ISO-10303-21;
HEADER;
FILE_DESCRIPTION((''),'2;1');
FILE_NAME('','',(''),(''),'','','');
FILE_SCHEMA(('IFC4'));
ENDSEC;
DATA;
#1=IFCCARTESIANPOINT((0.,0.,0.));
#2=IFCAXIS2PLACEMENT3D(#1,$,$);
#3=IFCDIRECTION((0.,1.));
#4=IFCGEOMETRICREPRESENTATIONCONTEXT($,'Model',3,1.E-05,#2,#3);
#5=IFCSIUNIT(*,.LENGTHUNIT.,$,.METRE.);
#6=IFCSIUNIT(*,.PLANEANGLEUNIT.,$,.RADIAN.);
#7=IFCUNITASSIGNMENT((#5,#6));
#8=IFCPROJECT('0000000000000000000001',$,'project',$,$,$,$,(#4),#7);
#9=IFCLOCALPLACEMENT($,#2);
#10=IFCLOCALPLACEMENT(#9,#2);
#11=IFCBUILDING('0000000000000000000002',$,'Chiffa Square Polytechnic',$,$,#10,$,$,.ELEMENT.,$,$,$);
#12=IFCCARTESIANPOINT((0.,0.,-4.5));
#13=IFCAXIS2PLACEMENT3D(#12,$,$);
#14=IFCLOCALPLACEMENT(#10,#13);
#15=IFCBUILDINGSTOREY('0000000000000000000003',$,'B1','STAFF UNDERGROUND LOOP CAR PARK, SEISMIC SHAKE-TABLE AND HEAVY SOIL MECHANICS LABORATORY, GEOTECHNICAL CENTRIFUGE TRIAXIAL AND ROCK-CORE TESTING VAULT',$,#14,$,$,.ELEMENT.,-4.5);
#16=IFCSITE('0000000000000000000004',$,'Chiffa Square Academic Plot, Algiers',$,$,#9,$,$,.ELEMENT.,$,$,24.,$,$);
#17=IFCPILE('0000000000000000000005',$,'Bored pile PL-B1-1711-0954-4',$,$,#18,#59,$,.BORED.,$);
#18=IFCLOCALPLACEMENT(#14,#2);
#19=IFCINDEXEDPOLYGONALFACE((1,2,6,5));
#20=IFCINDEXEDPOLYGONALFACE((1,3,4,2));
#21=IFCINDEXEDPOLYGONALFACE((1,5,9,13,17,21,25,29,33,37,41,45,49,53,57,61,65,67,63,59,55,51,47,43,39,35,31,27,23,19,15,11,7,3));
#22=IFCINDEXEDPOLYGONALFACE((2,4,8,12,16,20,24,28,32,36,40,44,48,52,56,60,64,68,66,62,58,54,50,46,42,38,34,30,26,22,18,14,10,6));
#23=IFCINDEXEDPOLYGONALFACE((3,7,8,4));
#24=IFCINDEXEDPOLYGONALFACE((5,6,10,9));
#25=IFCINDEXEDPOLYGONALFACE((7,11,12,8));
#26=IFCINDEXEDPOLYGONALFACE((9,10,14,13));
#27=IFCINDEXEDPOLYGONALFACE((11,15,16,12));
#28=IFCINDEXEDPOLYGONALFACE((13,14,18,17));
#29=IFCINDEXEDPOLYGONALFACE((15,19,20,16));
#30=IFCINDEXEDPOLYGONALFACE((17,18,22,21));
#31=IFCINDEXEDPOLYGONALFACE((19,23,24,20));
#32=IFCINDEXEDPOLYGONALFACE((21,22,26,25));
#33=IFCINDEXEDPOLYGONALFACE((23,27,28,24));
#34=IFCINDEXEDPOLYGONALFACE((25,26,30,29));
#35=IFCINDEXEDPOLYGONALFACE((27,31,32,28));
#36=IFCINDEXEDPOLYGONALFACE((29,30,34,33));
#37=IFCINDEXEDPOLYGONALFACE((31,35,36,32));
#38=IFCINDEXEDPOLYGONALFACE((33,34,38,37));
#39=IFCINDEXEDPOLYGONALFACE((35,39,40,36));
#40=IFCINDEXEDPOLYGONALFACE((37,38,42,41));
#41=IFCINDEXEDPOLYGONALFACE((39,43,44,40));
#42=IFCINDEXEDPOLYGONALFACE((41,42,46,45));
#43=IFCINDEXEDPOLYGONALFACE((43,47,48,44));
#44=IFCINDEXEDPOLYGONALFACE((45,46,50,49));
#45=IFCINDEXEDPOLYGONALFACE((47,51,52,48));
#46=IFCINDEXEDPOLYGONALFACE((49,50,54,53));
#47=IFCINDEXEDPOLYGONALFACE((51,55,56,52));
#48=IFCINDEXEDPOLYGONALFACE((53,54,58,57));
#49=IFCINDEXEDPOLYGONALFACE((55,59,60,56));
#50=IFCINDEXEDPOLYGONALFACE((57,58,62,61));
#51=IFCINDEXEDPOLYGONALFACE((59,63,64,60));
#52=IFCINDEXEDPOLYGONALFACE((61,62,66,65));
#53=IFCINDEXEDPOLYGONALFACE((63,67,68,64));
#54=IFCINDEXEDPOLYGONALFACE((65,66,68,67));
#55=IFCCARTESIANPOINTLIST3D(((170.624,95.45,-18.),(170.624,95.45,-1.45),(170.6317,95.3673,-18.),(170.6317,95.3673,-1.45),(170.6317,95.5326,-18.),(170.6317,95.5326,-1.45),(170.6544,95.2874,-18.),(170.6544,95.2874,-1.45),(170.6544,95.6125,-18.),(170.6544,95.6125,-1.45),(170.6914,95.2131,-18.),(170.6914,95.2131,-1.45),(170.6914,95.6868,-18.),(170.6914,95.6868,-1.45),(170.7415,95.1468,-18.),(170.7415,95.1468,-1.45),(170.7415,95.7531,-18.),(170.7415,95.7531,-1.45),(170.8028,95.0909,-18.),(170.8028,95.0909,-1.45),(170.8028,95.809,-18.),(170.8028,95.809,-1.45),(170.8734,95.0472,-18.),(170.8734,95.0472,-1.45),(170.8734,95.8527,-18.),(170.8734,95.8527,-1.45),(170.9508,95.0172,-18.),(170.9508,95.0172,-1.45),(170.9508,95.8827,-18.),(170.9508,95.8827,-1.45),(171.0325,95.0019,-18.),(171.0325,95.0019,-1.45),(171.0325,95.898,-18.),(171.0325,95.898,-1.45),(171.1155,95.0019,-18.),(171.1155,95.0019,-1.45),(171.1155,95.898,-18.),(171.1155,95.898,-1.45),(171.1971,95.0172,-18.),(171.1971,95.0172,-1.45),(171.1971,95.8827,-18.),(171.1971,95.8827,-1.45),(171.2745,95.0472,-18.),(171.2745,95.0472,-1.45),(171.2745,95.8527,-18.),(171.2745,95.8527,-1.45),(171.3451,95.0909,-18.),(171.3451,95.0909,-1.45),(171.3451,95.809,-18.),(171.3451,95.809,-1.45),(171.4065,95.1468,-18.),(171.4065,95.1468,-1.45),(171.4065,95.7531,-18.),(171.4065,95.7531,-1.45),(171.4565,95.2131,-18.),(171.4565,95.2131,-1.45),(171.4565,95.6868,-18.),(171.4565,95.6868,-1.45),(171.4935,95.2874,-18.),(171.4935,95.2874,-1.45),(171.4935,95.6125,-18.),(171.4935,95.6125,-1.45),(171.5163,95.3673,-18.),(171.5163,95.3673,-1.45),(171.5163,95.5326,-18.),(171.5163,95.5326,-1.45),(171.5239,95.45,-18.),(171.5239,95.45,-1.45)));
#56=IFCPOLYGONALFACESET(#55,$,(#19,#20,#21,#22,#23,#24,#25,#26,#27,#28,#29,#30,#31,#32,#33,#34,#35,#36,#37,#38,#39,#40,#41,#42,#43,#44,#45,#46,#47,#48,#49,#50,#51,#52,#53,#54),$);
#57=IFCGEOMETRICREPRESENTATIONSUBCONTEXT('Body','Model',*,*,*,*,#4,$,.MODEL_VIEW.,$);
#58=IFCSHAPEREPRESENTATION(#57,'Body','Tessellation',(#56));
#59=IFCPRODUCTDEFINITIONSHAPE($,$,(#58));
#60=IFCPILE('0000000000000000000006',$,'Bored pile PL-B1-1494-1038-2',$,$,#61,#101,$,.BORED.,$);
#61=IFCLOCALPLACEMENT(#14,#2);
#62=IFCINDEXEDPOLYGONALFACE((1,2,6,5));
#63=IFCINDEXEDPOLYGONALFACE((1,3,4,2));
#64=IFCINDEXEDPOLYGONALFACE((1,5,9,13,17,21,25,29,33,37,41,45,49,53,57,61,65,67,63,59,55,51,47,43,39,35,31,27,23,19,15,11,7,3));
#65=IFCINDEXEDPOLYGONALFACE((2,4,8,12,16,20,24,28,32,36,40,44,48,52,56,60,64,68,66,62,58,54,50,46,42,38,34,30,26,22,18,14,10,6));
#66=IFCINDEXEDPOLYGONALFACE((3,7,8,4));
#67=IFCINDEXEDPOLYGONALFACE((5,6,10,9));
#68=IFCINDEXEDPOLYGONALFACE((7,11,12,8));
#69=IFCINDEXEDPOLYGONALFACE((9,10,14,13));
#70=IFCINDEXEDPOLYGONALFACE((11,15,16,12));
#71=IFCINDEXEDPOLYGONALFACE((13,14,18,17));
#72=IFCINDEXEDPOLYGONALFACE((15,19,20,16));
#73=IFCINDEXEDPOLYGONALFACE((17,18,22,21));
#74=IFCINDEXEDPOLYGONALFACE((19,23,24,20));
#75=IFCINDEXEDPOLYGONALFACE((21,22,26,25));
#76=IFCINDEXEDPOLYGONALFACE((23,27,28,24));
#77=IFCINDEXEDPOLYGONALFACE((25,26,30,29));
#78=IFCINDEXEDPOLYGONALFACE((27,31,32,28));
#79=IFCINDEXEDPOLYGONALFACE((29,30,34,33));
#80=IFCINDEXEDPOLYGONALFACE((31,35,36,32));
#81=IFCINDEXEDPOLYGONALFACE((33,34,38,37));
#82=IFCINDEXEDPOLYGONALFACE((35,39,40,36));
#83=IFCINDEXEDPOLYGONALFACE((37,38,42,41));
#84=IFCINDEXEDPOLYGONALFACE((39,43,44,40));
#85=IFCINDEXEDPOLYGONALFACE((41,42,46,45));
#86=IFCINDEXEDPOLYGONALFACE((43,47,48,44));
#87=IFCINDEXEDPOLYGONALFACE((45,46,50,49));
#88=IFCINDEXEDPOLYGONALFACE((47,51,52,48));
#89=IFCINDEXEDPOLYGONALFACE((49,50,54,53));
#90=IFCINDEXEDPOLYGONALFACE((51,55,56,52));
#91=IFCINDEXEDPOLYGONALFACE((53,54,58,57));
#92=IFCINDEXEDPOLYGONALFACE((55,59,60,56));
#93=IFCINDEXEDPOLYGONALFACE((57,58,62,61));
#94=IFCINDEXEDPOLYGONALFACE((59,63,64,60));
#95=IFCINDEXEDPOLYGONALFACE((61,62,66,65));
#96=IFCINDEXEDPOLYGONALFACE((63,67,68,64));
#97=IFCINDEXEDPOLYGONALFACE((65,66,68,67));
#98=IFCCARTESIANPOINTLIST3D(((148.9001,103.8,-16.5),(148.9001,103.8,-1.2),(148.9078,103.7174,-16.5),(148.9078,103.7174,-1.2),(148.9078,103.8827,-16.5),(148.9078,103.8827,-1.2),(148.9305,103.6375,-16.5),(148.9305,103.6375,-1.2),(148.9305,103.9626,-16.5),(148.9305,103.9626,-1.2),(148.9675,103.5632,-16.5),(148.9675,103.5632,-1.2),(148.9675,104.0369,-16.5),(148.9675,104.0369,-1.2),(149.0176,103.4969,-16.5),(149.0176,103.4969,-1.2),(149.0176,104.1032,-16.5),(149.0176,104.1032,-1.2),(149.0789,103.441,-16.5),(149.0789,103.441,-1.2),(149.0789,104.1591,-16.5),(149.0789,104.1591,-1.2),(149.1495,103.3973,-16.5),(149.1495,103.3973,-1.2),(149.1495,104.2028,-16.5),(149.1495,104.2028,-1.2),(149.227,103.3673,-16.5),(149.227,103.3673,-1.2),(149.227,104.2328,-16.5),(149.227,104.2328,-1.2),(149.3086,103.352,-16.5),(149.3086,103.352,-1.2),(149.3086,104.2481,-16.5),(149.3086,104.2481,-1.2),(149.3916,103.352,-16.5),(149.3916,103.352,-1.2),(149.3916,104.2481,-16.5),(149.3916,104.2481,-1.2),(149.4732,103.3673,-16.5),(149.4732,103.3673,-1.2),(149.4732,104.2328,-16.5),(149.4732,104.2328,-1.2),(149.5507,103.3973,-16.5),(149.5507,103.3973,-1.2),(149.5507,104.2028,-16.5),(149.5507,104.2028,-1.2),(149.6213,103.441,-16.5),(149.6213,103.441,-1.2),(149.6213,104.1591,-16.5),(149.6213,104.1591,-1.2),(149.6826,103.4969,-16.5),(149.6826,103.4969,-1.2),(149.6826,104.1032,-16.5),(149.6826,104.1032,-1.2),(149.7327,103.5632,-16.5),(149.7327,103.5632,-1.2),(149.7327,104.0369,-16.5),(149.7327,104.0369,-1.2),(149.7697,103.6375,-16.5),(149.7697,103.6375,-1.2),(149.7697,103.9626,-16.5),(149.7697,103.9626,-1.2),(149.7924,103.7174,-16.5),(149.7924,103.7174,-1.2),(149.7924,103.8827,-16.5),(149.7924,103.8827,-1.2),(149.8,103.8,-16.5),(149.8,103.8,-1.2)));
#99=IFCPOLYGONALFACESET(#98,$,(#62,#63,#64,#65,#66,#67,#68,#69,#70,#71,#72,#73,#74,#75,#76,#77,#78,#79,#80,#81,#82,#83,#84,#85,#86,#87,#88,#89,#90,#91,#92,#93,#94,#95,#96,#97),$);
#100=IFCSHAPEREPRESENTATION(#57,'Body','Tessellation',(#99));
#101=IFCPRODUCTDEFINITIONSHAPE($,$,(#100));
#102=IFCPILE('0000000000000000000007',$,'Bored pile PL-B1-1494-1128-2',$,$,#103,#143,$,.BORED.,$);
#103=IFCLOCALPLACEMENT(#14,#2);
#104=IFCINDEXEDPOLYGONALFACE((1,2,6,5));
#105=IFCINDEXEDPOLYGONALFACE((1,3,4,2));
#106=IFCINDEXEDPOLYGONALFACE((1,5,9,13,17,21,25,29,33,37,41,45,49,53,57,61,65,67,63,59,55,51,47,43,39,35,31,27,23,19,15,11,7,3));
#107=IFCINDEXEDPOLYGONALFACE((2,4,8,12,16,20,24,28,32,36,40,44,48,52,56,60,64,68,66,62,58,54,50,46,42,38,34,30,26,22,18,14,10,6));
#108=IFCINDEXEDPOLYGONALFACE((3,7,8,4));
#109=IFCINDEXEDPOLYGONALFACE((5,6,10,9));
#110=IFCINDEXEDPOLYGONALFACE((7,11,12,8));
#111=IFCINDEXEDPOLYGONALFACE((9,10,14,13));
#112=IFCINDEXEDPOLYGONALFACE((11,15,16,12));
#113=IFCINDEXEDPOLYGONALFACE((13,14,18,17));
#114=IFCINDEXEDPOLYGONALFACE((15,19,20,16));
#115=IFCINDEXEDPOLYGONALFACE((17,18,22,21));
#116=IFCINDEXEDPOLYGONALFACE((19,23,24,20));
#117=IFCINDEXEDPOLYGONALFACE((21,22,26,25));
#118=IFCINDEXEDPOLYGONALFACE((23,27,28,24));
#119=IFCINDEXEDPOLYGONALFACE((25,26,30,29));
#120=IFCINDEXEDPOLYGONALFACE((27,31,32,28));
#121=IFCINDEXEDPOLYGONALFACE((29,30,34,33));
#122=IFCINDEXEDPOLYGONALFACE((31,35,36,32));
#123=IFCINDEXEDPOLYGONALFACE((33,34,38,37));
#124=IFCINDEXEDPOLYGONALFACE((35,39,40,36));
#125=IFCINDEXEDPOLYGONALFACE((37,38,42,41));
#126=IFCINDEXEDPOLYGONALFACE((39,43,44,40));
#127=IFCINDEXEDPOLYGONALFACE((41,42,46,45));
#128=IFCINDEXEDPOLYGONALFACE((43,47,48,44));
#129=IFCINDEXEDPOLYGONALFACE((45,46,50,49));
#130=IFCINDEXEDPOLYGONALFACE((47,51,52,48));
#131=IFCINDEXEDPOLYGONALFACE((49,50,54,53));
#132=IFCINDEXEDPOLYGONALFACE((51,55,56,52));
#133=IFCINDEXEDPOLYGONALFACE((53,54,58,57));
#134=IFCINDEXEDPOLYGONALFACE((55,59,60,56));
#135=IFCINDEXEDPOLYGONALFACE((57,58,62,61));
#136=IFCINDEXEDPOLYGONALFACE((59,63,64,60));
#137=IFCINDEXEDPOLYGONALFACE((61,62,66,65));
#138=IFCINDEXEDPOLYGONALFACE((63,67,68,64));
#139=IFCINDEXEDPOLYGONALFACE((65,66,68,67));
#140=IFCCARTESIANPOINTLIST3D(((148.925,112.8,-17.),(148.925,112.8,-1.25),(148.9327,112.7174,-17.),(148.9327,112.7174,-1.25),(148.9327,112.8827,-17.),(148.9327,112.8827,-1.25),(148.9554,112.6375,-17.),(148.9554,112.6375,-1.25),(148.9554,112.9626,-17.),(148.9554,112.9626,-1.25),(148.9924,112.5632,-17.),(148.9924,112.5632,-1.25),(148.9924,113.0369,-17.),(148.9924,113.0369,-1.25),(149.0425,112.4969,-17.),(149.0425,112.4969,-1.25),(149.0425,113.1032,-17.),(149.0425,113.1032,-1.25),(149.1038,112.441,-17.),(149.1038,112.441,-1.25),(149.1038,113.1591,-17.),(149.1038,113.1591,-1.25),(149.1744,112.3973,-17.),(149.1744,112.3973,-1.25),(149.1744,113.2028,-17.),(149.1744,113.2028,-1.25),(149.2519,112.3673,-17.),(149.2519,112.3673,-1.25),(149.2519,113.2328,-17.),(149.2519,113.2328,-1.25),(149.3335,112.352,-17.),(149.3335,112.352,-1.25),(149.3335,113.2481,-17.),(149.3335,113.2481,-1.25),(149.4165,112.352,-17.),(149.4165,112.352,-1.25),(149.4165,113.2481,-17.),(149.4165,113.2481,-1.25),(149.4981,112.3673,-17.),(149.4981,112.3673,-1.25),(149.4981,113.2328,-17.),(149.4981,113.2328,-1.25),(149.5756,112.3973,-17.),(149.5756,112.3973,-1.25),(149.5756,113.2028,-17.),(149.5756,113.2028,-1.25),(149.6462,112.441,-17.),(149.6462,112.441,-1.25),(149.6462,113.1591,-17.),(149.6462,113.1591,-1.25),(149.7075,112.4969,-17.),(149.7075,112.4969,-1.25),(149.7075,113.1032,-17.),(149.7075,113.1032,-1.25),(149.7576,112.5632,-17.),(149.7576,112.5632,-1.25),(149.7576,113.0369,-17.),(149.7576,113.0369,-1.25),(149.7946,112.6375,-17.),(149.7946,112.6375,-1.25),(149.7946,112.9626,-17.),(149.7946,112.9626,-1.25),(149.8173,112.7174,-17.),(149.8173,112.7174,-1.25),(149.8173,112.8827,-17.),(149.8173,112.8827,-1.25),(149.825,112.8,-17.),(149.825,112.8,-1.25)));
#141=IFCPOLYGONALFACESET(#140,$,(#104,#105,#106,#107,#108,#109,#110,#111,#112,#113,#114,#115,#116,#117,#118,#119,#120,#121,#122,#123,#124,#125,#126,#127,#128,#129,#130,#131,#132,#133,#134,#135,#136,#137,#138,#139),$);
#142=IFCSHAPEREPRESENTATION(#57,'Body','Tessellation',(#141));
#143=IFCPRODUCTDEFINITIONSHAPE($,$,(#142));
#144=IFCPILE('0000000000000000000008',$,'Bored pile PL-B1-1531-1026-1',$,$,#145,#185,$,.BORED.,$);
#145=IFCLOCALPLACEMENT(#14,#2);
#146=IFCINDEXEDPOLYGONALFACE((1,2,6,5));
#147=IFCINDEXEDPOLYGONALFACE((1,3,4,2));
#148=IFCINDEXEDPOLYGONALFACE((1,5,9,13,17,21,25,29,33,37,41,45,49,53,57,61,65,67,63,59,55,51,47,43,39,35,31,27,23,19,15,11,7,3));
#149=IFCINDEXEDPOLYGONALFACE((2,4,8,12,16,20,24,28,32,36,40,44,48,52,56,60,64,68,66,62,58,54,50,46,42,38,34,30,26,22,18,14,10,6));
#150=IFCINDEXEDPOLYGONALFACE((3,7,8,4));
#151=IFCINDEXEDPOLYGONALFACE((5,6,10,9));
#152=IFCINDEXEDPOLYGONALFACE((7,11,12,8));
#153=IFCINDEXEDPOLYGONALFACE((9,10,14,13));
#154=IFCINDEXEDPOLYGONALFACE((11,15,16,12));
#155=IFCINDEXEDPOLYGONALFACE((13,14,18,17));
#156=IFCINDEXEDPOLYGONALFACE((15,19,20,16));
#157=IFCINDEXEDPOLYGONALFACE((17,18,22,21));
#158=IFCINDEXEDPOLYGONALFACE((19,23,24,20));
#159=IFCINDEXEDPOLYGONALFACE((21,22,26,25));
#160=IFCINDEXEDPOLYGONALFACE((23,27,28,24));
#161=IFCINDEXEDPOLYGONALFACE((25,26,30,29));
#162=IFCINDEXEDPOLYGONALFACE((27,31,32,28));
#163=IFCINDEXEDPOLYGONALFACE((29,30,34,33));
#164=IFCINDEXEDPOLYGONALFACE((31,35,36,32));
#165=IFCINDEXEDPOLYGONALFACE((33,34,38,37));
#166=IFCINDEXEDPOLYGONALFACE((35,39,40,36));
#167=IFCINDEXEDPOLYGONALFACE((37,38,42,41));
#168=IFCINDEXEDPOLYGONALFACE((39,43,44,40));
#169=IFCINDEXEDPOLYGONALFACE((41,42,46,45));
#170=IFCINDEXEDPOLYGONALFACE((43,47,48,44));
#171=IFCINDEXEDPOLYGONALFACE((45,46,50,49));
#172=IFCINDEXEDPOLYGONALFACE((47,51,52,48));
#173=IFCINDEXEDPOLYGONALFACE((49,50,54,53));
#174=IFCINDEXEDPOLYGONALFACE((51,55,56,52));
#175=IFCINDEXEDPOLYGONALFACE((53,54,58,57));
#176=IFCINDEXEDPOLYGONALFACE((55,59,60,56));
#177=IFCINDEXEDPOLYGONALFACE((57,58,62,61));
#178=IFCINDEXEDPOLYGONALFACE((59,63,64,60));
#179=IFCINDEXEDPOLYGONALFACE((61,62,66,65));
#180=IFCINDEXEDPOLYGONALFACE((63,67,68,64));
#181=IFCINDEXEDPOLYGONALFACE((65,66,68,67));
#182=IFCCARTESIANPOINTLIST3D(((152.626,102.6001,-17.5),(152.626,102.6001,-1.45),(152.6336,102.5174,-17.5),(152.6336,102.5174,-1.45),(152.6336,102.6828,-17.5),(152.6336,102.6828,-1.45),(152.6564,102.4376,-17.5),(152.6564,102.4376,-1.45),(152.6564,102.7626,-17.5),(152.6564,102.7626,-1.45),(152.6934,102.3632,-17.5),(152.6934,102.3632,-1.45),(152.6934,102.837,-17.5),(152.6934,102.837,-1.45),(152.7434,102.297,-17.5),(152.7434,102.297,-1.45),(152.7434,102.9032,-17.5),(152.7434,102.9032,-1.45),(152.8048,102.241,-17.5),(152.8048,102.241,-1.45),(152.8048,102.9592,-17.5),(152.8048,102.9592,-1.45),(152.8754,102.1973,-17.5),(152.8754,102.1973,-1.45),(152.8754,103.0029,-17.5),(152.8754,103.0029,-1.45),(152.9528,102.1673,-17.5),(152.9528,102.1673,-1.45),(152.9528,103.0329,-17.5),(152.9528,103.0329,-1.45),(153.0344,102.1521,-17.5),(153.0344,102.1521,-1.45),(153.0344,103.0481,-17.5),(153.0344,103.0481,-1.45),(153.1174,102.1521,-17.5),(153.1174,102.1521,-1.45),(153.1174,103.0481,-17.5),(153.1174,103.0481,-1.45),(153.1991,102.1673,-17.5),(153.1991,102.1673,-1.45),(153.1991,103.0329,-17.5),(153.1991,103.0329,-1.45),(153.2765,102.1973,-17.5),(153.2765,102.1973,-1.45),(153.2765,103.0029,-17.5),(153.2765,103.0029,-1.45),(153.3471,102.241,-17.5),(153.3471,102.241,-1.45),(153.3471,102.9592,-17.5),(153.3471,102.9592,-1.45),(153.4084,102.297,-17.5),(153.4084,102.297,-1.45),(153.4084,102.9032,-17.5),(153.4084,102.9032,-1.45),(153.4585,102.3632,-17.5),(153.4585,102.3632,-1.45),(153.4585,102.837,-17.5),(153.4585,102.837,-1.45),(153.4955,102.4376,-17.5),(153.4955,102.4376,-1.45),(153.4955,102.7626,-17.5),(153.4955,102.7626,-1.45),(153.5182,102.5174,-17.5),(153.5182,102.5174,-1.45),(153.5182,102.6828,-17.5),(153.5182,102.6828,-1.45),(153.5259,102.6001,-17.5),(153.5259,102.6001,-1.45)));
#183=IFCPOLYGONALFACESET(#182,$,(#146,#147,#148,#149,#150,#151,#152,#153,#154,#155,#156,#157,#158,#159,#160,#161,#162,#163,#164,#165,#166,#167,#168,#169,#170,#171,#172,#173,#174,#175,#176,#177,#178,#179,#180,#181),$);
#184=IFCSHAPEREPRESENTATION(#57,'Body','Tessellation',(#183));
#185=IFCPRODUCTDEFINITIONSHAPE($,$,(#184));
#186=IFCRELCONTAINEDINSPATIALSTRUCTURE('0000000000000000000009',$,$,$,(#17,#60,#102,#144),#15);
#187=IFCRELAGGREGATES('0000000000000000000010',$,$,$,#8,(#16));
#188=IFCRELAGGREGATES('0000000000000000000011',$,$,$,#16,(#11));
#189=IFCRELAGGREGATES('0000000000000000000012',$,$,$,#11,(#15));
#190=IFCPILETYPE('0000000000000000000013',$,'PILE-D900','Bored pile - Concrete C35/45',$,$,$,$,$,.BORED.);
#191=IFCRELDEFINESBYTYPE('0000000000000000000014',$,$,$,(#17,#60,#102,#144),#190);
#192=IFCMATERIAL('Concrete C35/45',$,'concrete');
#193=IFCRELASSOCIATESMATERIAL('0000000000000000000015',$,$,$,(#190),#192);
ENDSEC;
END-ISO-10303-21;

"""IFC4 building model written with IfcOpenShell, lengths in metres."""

from ifc_helpers import new_model, si_unit, direction, frame, origin, origin_2d, place, context, subcontext, project, spatial, circle, extrude, material, material_profile, profile_set, type_object, element, save


model = new_model("IFC4")

# Units and contexts
model_context = context("Model", 3, precision=1e-05, world=origin(), true_north=direction((0.0, 1.0)))
body_context = subcontext(model_context, "Body", "Model", "MODEL_VIEW")
ifc_project = project(units=[si_unit("LENGTHUNIT", "METRE"), si_unit("PLANEANGLEUNIT", "RADIAN")], contexts=[model_context])

# Site, building, storey
site_placement = place(None, origin())
site = spatial("IfcSite", under=ifc_project, at=site_placement, Name="Chiffa Square Academic Plot, Algiers", CompositionType="ELEMENT", RefElevation=24.0)
building_placement = place(site_placement, origin())
building = spatial("IfcBuilding", under=site, at=building_placement, Name="Chiffa Square Polytechnic", CompositionType="ELEMENT")
storey_placement = place(building_placement, frame((0.0, 0.0, -4.5)))
storey = spatial("IfcBuildingStorey", under=building, at=storey_placement, Name="B1", Description="STAFF UNDERGROUND LOOP CAR PARK, SEISMIC SHAKE-TABLE AND HEAVY SOIL MECHANICS LABORATORY, GEOTECHNICAL CENTRIFUGE TRIAXIAL AND ROCK-CORE TESTING VAULT", CompositionType="ELEMENT", Elevation=-4.5)

# Shared definitions
ifc_material_1 = material(Name="Concrete C35/45", Category="concrete")

# Piles
ifc_material_profile_1 = material_profile(ifc_material_1, circle(Radius=0.45, at=origin_2d()), Name="PILE D900")
ifc_profile_set_1 = profile_set([ifc_material_profile_1], Name="Concrete C35/45")
pile_type_1 = type_object("IfcPileType", Name="PILE-D900", Description="Bored pile - Concrete C35/45", PredefinedType="BORED", material=ifc_profile_set_1)
for number, where, z_axis, x_axis, name in (
    (1, (171.074, 95.45, -1.45), (0.0, 0.0, -1.0), (1.0, 0.0, 0.0), "Bored pile PL-B1-1711-0954-4"),
):
    element("IfcPile", number, at=place(storey_placement, frame(where, z_axis=z_axis, x_axis=x_axis)), inside=storey, type_object=pile_type_1, Name=name, PredefinedType="BORED", context=body_context, shape_type="SweptSolid", body=[
        extrude(circle(Radius=0.45, at=origin_2d()), origin(), (0.0, 0.0, 1.0), 16.55),
    ])
pile_1_placement = place(storey_placement, frame((149.3501, 103.8, -1.2), z_axis=(0.0, 0.0, -1.0), x_axis=(1.0, 0.0, 0.0)))
element("IfcPile", 2, at=pile_1_placement, inside=storey, type_object=pile_type_1, Name="Bored pile PL-B1-1494-1038-2", PredefinedType="BORED", context=body_context, shape_type="SweptSolid", body=[
    extrude(circle(Radius=0.45, at=origin_2d()), origin(), (0.0, 0.0, 1.0), 15.3),
])
pile_2_placement = place(storey_placement, frame((149.375, 112.8, -1.25), z_axis=(0.0, 0.0, -1.0), x_axis=(1.0, 0.0, 0.0)))
element("IfcPile", 3, at=pile_2_placement, inside=storey, type_object=pile_type_1, Name="Bored pile PL-B1-1494-1128-2", PredefinedType="BORED", context=body_context, shape_type="SweptSolid", body=[
    extrude(circle(Radius=0.45, at=origin_2d()), origin(), (0.0, 0.0, 1.0), 15.75),
])
for number, where, z_axis, x_axis, name in (
    (4, (153.0759, 102.6001, -1.45), (0.0, 0.0, -1.0), (1.0, 0.0, 0.0), "Bored pile PL-B1-1531-1026-1"),
):
    element("IfcPile", number, at=place(storey_placement, frame(where, z_axis=z_axis, x_axis=x_axis)), inside=storey, type_object=pile_type_1, Name=name, PredefinedType="BORED", context=body_context, shape_type="SweptSolid", body=[
        extrude(circle(Radius=0.45, at=origin_2d()), origin(), (0.0, 0.0, 1.0), 16.05),
    ])

save(model, "model.ifc")
